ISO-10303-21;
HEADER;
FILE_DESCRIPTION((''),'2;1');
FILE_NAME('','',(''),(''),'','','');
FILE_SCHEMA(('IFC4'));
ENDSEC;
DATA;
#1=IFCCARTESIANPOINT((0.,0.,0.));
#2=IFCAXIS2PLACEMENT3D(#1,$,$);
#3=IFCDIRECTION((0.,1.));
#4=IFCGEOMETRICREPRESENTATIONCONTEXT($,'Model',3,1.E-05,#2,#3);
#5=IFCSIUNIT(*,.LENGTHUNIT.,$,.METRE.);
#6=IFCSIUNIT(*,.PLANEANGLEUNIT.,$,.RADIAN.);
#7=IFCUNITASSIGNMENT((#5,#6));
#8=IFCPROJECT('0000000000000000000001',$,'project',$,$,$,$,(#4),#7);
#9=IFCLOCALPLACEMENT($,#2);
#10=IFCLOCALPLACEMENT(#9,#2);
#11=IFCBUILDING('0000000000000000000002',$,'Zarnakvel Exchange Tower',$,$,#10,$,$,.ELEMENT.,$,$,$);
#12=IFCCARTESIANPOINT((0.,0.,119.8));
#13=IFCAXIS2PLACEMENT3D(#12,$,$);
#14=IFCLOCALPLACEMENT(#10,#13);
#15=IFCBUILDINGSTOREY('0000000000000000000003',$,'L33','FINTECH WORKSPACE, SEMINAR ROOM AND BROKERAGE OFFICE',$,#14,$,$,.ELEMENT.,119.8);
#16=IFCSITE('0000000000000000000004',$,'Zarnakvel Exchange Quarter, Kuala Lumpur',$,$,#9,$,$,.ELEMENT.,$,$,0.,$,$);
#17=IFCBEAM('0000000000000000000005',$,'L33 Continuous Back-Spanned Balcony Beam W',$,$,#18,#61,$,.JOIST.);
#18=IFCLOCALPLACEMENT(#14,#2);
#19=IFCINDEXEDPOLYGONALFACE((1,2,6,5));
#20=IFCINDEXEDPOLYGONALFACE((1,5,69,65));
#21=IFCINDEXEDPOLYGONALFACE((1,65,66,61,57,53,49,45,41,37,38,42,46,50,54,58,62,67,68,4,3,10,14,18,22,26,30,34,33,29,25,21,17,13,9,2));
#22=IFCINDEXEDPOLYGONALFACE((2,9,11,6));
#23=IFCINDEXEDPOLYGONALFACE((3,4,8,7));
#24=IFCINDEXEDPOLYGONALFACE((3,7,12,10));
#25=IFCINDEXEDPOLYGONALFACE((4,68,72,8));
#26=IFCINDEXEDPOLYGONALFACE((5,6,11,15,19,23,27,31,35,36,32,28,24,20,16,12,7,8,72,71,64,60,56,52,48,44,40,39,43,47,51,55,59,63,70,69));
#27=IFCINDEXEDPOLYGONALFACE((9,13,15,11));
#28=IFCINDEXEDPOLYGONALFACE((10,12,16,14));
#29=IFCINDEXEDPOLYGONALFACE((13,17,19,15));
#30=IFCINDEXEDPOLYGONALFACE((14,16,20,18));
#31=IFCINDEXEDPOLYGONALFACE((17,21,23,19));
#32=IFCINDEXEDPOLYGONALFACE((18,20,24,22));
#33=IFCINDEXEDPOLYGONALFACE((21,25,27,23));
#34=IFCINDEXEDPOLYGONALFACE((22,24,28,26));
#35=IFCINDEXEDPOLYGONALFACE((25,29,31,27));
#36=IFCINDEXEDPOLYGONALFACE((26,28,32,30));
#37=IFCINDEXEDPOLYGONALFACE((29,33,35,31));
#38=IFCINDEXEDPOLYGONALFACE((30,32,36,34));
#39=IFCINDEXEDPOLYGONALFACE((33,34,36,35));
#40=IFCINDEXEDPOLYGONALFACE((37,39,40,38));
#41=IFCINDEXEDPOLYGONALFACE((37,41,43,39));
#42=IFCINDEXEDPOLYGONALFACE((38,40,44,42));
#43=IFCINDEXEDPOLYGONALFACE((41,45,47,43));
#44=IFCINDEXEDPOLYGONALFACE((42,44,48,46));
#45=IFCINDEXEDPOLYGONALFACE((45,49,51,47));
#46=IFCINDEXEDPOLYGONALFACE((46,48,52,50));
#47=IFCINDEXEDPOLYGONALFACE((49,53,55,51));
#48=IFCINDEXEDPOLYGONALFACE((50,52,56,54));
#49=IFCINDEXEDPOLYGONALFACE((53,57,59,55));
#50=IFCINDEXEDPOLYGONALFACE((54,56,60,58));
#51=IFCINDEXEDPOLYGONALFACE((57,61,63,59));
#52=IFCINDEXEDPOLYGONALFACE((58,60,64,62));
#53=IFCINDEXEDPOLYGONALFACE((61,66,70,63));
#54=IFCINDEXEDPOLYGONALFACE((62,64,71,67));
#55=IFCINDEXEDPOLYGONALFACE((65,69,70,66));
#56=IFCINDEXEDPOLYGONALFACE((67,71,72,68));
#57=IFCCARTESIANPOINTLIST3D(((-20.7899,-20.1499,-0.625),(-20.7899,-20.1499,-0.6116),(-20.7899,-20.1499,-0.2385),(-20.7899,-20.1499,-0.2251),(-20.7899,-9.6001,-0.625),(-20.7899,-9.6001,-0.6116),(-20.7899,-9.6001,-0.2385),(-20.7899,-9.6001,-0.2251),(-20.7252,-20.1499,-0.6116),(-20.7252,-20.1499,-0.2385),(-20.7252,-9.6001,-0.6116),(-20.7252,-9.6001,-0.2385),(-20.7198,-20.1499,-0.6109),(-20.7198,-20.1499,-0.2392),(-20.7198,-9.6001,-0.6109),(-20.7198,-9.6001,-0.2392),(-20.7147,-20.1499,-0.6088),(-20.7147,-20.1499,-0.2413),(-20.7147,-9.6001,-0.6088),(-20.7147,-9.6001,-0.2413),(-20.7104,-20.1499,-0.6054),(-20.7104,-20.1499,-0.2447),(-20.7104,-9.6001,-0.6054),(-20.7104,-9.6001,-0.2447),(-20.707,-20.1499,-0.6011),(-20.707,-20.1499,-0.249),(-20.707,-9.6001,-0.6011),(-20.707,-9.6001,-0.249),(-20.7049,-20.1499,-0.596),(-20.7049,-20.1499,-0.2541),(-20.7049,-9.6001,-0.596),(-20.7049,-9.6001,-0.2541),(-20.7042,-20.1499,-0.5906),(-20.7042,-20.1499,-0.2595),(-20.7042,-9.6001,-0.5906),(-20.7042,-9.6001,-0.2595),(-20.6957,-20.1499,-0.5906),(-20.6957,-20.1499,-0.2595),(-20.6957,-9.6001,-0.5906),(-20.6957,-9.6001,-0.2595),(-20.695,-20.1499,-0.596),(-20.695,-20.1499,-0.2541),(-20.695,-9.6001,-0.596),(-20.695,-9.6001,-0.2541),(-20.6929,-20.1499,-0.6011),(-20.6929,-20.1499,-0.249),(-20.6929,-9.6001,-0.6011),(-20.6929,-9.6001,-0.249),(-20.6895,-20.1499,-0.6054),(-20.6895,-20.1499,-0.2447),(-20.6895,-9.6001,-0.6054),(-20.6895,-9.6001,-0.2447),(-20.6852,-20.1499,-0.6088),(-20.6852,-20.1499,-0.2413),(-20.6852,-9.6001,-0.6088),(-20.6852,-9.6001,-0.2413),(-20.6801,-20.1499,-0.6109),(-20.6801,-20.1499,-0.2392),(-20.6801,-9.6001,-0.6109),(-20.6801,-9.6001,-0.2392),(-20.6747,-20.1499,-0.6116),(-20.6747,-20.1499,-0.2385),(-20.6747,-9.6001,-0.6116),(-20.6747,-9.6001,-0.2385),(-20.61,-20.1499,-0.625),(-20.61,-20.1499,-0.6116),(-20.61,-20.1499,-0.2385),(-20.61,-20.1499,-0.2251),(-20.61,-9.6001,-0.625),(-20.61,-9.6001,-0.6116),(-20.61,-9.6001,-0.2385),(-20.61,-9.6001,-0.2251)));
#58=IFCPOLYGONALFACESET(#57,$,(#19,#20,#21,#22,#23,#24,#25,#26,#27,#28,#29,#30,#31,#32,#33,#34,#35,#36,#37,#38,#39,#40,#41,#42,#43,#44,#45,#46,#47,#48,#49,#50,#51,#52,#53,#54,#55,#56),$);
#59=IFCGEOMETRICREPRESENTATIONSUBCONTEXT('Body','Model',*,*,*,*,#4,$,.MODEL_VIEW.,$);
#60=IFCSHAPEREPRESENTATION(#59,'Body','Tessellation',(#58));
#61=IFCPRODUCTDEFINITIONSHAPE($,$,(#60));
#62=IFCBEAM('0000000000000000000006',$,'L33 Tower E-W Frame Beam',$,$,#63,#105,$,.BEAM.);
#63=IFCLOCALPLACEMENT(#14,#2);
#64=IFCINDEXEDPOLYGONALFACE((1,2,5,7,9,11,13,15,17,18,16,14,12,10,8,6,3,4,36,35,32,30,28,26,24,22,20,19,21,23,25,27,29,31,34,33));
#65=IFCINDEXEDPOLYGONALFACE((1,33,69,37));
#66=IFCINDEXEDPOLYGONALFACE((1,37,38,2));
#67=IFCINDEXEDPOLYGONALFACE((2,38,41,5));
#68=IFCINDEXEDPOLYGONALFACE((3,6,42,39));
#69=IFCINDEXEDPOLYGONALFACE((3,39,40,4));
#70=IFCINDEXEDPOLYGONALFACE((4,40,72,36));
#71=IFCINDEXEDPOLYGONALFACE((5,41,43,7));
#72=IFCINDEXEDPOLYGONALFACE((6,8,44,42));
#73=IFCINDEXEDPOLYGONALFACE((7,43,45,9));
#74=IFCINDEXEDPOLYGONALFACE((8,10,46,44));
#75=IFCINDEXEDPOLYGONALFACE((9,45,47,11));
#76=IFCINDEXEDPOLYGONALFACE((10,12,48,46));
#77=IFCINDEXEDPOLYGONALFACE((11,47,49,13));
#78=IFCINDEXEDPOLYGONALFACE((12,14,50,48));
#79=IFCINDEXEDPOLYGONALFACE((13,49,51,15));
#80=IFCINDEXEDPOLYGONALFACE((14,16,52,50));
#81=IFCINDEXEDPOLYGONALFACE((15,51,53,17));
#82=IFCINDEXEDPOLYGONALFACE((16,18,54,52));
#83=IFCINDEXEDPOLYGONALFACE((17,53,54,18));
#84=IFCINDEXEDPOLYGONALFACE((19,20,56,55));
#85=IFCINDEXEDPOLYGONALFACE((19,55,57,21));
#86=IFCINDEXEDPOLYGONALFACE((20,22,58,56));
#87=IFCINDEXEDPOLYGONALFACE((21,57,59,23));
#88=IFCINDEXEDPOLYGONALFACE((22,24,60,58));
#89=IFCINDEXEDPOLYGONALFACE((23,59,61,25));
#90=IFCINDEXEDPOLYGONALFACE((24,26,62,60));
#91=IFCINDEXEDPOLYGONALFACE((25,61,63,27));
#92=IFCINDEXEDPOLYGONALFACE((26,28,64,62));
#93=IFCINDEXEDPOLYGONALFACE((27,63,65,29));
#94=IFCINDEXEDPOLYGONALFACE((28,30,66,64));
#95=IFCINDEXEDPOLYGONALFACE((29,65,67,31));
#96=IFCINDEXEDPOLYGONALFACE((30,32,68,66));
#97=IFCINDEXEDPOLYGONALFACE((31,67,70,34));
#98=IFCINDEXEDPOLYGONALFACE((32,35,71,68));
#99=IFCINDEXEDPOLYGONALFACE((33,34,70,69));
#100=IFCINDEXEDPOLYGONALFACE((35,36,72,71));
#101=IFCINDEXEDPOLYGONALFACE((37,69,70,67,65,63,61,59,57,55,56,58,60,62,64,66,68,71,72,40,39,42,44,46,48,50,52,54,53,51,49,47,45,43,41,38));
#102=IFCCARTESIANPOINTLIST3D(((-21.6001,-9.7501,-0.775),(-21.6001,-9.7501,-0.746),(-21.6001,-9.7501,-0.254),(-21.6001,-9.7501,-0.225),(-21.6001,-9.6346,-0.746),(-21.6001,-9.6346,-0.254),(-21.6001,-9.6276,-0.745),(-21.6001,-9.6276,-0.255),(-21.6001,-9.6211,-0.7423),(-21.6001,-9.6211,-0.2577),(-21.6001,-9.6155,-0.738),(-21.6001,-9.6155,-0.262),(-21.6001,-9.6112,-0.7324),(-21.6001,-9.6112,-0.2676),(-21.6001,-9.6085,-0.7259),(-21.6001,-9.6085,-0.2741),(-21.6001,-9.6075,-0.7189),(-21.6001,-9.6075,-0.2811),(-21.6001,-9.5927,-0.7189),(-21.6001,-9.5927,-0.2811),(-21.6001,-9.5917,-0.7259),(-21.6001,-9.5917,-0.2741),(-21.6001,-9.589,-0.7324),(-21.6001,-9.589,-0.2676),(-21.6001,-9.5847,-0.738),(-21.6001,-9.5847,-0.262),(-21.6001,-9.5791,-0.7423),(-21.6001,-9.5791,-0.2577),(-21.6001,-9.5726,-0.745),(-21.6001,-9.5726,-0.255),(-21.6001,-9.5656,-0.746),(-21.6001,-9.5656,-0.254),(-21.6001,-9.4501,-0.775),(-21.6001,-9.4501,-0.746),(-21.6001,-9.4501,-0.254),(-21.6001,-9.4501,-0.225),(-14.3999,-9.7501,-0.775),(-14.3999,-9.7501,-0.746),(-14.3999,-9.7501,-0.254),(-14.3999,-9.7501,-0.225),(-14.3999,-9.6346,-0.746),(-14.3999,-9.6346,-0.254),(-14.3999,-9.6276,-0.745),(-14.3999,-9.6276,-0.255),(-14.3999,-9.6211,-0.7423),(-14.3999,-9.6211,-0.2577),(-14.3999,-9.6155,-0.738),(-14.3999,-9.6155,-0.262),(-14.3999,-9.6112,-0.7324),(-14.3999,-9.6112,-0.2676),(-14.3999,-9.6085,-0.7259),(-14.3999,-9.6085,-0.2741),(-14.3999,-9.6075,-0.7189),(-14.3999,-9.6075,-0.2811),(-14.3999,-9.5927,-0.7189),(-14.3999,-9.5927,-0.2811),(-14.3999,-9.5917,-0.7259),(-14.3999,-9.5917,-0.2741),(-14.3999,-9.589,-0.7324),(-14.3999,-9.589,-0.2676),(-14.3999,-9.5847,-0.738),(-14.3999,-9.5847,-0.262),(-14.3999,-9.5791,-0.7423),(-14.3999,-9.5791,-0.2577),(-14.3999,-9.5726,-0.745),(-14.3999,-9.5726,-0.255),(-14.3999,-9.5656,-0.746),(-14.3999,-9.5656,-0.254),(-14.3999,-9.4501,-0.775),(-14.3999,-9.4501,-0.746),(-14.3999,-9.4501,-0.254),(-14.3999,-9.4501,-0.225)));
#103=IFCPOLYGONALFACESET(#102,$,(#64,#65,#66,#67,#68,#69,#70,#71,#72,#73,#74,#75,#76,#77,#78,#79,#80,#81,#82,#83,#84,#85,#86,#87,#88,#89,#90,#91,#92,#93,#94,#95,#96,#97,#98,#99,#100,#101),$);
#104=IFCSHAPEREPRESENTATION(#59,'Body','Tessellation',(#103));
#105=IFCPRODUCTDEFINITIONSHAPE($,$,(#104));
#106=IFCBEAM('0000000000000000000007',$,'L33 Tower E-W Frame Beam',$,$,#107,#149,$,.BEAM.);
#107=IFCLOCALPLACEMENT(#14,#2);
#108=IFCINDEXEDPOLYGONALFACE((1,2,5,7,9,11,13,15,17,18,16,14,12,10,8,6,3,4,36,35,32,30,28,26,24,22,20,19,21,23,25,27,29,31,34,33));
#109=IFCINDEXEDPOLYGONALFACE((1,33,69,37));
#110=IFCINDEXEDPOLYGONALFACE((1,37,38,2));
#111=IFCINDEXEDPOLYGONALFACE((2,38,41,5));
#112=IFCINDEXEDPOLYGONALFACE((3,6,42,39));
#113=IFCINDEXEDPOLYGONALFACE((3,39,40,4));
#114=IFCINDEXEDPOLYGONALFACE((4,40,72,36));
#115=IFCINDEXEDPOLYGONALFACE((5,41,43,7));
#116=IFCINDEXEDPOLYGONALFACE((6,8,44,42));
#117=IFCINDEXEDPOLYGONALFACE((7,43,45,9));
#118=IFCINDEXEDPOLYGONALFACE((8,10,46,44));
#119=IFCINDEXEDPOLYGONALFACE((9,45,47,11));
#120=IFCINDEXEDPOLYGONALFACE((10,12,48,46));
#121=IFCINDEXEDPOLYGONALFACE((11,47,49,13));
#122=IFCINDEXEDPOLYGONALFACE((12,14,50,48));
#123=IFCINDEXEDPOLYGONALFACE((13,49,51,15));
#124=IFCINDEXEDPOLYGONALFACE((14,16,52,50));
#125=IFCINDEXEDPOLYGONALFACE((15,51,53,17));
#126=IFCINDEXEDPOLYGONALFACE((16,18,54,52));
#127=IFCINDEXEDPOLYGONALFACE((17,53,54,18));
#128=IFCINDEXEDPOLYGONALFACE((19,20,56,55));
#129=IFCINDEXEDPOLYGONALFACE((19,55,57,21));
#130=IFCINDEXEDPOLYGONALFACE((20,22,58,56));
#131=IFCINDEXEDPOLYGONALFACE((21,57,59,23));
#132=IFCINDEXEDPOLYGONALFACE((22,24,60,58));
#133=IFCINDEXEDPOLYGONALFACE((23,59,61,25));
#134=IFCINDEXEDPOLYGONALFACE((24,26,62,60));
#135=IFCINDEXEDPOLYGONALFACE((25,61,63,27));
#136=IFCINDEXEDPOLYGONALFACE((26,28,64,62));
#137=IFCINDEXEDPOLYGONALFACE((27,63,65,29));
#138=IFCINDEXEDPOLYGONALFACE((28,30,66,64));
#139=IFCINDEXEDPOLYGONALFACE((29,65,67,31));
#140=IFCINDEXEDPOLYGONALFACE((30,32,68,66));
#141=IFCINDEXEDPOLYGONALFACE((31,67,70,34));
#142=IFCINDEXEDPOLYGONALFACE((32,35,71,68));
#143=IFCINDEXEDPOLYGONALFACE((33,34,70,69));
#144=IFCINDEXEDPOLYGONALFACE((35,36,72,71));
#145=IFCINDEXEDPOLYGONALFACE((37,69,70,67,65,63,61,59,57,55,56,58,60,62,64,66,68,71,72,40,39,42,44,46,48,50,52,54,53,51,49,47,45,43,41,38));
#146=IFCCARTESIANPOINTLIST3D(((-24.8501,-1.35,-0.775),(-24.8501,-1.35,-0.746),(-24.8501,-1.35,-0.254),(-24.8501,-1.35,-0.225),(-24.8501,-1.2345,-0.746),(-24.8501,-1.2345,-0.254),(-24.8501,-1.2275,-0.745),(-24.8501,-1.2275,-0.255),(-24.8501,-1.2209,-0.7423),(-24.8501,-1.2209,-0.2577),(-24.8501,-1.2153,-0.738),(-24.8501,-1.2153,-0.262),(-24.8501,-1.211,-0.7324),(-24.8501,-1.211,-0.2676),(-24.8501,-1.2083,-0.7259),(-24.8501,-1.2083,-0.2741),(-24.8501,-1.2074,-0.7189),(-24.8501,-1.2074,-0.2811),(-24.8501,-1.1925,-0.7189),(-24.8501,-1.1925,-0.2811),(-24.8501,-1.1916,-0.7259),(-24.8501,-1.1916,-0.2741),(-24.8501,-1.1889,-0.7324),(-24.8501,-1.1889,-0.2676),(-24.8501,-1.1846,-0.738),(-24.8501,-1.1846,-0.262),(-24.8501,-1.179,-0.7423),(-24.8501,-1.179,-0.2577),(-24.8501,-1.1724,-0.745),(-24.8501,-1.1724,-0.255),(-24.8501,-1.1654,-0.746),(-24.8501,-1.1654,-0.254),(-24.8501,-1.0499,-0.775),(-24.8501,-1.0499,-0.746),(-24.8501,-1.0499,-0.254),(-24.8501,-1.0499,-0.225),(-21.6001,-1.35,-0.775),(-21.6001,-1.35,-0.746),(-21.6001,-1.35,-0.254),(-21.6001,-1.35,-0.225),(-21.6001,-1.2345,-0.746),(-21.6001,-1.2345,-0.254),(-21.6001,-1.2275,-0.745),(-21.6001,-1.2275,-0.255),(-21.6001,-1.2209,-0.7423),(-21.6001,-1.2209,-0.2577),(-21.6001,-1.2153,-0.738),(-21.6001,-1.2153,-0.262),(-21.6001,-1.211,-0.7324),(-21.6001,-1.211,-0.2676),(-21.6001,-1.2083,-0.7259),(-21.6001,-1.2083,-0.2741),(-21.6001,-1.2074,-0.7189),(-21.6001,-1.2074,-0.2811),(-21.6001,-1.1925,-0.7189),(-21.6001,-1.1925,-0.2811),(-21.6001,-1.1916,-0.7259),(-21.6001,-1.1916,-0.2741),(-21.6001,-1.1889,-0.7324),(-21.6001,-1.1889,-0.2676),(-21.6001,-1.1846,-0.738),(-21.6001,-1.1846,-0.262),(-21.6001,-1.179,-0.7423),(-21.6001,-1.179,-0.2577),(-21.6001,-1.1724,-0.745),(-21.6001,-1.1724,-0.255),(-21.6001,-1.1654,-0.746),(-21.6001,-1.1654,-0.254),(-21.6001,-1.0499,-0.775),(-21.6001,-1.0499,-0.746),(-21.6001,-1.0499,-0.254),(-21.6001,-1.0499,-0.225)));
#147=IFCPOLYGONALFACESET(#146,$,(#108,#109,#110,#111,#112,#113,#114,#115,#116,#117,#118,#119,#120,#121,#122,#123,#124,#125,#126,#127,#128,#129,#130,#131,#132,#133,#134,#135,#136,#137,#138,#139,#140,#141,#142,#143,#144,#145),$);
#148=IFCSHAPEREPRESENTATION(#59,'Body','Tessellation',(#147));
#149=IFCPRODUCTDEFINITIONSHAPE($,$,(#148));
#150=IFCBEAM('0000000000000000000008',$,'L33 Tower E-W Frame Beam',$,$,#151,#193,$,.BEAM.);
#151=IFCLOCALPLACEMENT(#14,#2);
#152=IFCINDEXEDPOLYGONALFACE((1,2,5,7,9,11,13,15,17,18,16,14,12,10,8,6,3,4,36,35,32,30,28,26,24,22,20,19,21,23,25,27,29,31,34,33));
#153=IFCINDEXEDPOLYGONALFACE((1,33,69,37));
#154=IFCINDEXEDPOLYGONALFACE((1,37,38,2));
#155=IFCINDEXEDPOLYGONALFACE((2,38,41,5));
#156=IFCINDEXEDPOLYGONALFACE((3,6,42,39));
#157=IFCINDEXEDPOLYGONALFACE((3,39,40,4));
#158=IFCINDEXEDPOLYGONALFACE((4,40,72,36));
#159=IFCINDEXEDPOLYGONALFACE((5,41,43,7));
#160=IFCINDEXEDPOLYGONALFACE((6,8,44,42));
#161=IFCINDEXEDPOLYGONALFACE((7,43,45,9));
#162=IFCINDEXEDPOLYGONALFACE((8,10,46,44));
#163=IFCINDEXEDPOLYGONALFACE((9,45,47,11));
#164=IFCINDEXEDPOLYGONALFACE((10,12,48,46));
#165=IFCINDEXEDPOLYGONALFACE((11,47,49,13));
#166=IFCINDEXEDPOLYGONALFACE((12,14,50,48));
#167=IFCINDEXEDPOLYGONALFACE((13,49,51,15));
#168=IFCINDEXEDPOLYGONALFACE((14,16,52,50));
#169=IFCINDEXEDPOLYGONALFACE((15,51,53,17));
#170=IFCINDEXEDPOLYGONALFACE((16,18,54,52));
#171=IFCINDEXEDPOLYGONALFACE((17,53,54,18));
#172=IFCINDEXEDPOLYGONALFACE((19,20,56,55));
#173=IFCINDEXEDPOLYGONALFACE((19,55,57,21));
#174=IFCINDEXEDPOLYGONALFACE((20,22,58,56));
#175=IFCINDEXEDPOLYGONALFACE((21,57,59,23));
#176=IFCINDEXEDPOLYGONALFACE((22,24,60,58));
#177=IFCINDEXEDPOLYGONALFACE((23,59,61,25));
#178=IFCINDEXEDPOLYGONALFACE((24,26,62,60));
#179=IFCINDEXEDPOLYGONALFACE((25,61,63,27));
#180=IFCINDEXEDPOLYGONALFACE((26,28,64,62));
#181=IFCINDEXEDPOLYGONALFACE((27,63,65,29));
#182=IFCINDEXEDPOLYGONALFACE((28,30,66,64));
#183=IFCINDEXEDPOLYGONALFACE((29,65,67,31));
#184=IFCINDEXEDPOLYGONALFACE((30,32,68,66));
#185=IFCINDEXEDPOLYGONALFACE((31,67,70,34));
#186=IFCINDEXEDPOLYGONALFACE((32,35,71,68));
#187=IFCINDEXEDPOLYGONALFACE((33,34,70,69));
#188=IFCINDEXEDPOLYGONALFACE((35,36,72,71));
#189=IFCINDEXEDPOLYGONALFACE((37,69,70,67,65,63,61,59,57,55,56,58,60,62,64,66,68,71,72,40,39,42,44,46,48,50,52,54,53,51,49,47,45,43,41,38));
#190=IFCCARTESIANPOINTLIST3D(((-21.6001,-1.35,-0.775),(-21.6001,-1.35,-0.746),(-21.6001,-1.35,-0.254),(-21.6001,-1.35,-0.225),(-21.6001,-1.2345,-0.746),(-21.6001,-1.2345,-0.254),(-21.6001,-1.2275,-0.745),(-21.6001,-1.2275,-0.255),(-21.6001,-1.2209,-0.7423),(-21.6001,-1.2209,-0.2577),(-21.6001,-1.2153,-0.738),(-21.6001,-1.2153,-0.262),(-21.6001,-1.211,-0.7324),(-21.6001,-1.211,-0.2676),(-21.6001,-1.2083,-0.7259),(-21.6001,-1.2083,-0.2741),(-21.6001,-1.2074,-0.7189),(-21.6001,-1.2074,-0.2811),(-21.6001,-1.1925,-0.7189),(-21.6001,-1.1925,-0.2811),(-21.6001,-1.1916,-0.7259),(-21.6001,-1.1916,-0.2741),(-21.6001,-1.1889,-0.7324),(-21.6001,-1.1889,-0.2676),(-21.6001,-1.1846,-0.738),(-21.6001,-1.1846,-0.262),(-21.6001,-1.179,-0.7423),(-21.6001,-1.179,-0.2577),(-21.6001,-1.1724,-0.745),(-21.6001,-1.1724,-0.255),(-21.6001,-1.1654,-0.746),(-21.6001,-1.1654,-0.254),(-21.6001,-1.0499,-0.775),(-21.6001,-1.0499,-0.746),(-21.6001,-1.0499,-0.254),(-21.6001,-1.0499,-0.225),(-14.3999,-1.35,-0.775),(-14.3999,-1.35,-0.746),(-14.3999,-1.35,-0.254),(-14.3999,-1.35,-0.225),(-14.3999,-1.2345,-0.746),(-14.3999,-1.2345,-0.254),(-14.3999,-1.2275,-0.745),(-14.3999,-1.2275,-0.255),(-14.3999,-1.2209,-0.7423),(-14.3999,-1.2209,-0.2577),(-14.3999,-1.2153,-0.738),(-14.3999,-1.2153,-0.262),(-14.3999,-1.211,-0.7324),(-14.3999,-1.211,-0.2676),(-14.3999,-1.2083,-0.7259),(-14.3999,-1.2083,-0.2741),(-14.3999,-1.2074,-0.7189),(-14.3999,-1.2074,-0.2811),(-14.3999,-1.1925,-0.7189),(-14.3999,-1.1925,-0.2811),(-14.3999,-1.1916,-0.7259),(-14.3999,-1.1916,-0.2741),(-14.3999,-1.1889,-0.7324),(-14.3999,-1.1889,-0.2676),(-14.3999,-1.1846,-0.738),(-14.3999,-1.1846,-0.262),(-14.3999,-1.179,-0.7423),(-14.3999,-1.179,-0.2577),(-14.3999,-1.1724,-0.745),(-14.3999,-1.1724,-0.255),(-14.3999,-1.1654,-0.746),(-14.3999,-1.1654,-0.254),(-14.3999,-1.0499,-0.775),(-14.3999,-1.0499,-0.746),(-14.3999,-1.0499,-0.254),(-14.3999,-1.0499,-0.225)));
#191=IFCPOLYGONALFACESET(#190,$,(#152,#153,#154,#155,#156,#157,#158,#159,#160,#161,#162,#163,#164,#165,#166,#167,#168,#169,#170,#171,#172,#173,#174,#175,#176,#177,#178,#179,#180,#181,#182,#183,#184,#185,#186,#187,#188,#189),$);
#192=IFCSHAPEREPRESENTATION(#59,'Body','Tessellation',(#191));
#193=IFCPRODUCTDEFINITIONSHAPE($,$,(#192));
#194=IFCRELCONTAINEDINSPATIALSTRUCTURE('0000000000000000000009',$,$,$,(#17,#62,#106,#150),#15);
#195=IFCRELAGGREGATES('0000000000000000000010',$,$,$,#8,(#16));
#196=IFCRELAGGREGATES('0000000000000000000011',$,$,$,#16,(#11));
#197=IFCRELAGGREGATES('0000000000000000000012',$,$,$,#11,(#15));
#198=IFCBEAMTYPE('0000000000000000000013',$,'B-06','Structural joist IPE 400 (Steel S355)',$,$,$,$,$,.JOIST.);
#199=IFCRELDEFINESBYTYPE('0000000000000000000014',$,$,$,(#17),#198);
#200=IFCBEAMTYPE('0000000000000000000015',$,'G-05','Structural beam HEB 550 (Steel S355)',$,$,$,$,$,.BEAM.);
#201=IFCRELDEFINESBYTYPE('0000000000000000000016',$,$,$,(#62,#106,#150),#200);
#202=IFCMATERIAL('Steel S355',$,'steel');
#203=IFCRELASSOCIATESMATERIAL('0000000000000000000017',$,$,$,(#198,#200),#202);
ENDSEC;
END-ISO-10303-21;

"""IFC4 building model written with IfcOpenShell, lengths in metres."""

from ifc_helpers import new_model, si_unit, direction, frame, origin, origin_2d, place, context, subcontext, project, spatial, i_section, extrude, material, material_profile, profile_set, type_object, element, save


model = new_model("IFC4")

# Units and contexts
model_context = context("Model", 3, precision=1e-05, world=origin(), true_north=direction((0.0, 1.0)))
body_context = subcontext(model_context, "Body", "Model", "MODEL_VIEW")
ifc_project = project(units=[si_unit("LENGTHUNIT", "METRE"), si_unit("PLANEANGLEUNIT", "RADIAN")], contexts=[model_context])

# Site, building, storey
site_placement = place(None, origin())
site = spatial("IfcSite", under=ifc_project, at=site_placement, Name="Zarnakvel Exchange Quarter, Kuala Lumpur", CompositionType="ELEMENT", RefElevation=0.0)
building_placement = place(site_placement, origin())
building = spatial("IfcBuilding", under=site, at=building_placement, Name="Zarnakvel Exchange Tower", CompositionType="ELEMENT")
storey_placement = place(building_placement, frame((0.0, 0.0, 119.8)))
storey = spatial("IfcBuildingStorey", under=building, at=storey_placement, Name="L33", Description="FINTECH WORKSPACE, SEMINAR ROOM AND BROKERAGE OFFICE", CompositionType="ELEMENT", Elevation=119.8)

# Shared definitions
ifc_material_1 = material(Name="Steel S355", Category="steel")

# Beams
ifc_material_profile_1 = material_profile(ifc_material_1, i_section(OverallWidth=0.1799, OverallDepth=0.3999, WebThickness=0.0085, FlangeThickness=0.0134, FilletRadius=0.021, at=origin_2d()))
ifc_profile_set_1 = profile_set([ifc_material_profile_1], Name="Steel S355")
beam_type_1 = type_object("IfcBeamType", Name="B-06", Description="Structural joist IPE 400 (Steel S355)", PredefinedType="JOIST", material=ifc_profile_set_1)
beam_1_placement = place(storey_placement, frame((-20.7, -9.6001, -0.425), z_axis=(0.0, -1.0, 0.0), x_axis=(1.0, 0.0, 0.0)))
element("IfcBeam", 1, at=beam_1_placement, inside=storey, type_object=beam_type_1, Name="L33 Continuous Back-Spanned Balcony Beam W", PredefinedType="JOIST", context=body_context, shape_type="SweptSolid", body=[
    extrude(i_section(OverallWidth=0.1799, OverallDepth=0.3999, WebThickness=0.0085, FlangeThickness=0.0134, FilletRadius=0.021, at=origin_2d()), origin(), (0.0, 0.0, 1.0), 10.5498),
])
ifc_material_profile_2 = material_profile(ifc_material_1, i_section(OverallWidth=0.3, OverallDepth=0.55, WebThickness=0.0149, FlangeThickness=0.0291, FilletRadius=0.0271, at=origin_2d()))
ifc_profile_set_2 = profile_set([ifc_material_profile_2], Name="Steel S355")
beam_type_2 = type_object("IfcBeamType", Name="G-05", Description="Structural beam HEB 550 (Steel S355)", PredefinedType="BEAM", material=ifc_profile_set_2)
beam_2_placement = place(storey_placement, frame((-21.6001, -9.6001, -0.5), z_axis=(1.0, 0.0, 0.0), x_axis=(0.0, 1.0, 0.0)))
element("IfcBeam", 2, at=beam_2_placement, inside=storey, type_object=beam_type_2, Name="L33 Tower E-W Frame Beam", PredefinedType="BEAM", context=body_context, shape_type="SweptSolid", body=[
    extrude(i_section(OverallWidth=0.3, OverallDepth=0.55, WebThickness=0.0149, FlangeThickness=0.0291, FilletRadius=0.0271, at=origin_2d()), origin(), (0.0, 0.0, 1.0), 7.2002),
])
beam_3_placement = place(storey_placement, frame((-24.8501, -1.2, -0.5), z_axis=(1.0, 0.0, 0.0), x_axis=(0.0, 1.0, 0.0)))
element("IfcBeam", 3, at=beam_3_placement, inside=storey, type_object=beam_type_2, Name="L33 Tower E-W Frame Beam", PredefinedType="BEAM", context=body_context, shape_type="SweptSolid", body=[
    extrude(i_section(OverallWidth=0.3, OverallDepth=0.55, WebThickness=0.0149, FlangeThickness=0.0291, FilletRadius=0.0271, at=origin_2d()), origin(), (0.0, 0.0, 1.0), 3.25),
])
beam_4_placement = place(storey_placement, frame((-21.6001, -1.2, -0.5), z_axis=(1.0, 0.0, 0.0), x_axis=(0.0, 1.0, 0.0)))
element("IfcBeam", 4, at=beam_4_placement, inside=storey, type_object=beam_type_2, Name="L33 Tower E-W Frame Beam", PredefinedType="BEAM", context=body_context, shape_type="SweptSolid", body=[
    extrude(i_section(OverallWidth=0.3, OverallDepth=0.55, WebThickness=0.0149, FlangeThickness=0.0291, FilletRadius=0.0271, at=origin_2d()), origin(), (0.0, 0.0, 1.0), 7.2002),
])

save(model, "model.ifc")
